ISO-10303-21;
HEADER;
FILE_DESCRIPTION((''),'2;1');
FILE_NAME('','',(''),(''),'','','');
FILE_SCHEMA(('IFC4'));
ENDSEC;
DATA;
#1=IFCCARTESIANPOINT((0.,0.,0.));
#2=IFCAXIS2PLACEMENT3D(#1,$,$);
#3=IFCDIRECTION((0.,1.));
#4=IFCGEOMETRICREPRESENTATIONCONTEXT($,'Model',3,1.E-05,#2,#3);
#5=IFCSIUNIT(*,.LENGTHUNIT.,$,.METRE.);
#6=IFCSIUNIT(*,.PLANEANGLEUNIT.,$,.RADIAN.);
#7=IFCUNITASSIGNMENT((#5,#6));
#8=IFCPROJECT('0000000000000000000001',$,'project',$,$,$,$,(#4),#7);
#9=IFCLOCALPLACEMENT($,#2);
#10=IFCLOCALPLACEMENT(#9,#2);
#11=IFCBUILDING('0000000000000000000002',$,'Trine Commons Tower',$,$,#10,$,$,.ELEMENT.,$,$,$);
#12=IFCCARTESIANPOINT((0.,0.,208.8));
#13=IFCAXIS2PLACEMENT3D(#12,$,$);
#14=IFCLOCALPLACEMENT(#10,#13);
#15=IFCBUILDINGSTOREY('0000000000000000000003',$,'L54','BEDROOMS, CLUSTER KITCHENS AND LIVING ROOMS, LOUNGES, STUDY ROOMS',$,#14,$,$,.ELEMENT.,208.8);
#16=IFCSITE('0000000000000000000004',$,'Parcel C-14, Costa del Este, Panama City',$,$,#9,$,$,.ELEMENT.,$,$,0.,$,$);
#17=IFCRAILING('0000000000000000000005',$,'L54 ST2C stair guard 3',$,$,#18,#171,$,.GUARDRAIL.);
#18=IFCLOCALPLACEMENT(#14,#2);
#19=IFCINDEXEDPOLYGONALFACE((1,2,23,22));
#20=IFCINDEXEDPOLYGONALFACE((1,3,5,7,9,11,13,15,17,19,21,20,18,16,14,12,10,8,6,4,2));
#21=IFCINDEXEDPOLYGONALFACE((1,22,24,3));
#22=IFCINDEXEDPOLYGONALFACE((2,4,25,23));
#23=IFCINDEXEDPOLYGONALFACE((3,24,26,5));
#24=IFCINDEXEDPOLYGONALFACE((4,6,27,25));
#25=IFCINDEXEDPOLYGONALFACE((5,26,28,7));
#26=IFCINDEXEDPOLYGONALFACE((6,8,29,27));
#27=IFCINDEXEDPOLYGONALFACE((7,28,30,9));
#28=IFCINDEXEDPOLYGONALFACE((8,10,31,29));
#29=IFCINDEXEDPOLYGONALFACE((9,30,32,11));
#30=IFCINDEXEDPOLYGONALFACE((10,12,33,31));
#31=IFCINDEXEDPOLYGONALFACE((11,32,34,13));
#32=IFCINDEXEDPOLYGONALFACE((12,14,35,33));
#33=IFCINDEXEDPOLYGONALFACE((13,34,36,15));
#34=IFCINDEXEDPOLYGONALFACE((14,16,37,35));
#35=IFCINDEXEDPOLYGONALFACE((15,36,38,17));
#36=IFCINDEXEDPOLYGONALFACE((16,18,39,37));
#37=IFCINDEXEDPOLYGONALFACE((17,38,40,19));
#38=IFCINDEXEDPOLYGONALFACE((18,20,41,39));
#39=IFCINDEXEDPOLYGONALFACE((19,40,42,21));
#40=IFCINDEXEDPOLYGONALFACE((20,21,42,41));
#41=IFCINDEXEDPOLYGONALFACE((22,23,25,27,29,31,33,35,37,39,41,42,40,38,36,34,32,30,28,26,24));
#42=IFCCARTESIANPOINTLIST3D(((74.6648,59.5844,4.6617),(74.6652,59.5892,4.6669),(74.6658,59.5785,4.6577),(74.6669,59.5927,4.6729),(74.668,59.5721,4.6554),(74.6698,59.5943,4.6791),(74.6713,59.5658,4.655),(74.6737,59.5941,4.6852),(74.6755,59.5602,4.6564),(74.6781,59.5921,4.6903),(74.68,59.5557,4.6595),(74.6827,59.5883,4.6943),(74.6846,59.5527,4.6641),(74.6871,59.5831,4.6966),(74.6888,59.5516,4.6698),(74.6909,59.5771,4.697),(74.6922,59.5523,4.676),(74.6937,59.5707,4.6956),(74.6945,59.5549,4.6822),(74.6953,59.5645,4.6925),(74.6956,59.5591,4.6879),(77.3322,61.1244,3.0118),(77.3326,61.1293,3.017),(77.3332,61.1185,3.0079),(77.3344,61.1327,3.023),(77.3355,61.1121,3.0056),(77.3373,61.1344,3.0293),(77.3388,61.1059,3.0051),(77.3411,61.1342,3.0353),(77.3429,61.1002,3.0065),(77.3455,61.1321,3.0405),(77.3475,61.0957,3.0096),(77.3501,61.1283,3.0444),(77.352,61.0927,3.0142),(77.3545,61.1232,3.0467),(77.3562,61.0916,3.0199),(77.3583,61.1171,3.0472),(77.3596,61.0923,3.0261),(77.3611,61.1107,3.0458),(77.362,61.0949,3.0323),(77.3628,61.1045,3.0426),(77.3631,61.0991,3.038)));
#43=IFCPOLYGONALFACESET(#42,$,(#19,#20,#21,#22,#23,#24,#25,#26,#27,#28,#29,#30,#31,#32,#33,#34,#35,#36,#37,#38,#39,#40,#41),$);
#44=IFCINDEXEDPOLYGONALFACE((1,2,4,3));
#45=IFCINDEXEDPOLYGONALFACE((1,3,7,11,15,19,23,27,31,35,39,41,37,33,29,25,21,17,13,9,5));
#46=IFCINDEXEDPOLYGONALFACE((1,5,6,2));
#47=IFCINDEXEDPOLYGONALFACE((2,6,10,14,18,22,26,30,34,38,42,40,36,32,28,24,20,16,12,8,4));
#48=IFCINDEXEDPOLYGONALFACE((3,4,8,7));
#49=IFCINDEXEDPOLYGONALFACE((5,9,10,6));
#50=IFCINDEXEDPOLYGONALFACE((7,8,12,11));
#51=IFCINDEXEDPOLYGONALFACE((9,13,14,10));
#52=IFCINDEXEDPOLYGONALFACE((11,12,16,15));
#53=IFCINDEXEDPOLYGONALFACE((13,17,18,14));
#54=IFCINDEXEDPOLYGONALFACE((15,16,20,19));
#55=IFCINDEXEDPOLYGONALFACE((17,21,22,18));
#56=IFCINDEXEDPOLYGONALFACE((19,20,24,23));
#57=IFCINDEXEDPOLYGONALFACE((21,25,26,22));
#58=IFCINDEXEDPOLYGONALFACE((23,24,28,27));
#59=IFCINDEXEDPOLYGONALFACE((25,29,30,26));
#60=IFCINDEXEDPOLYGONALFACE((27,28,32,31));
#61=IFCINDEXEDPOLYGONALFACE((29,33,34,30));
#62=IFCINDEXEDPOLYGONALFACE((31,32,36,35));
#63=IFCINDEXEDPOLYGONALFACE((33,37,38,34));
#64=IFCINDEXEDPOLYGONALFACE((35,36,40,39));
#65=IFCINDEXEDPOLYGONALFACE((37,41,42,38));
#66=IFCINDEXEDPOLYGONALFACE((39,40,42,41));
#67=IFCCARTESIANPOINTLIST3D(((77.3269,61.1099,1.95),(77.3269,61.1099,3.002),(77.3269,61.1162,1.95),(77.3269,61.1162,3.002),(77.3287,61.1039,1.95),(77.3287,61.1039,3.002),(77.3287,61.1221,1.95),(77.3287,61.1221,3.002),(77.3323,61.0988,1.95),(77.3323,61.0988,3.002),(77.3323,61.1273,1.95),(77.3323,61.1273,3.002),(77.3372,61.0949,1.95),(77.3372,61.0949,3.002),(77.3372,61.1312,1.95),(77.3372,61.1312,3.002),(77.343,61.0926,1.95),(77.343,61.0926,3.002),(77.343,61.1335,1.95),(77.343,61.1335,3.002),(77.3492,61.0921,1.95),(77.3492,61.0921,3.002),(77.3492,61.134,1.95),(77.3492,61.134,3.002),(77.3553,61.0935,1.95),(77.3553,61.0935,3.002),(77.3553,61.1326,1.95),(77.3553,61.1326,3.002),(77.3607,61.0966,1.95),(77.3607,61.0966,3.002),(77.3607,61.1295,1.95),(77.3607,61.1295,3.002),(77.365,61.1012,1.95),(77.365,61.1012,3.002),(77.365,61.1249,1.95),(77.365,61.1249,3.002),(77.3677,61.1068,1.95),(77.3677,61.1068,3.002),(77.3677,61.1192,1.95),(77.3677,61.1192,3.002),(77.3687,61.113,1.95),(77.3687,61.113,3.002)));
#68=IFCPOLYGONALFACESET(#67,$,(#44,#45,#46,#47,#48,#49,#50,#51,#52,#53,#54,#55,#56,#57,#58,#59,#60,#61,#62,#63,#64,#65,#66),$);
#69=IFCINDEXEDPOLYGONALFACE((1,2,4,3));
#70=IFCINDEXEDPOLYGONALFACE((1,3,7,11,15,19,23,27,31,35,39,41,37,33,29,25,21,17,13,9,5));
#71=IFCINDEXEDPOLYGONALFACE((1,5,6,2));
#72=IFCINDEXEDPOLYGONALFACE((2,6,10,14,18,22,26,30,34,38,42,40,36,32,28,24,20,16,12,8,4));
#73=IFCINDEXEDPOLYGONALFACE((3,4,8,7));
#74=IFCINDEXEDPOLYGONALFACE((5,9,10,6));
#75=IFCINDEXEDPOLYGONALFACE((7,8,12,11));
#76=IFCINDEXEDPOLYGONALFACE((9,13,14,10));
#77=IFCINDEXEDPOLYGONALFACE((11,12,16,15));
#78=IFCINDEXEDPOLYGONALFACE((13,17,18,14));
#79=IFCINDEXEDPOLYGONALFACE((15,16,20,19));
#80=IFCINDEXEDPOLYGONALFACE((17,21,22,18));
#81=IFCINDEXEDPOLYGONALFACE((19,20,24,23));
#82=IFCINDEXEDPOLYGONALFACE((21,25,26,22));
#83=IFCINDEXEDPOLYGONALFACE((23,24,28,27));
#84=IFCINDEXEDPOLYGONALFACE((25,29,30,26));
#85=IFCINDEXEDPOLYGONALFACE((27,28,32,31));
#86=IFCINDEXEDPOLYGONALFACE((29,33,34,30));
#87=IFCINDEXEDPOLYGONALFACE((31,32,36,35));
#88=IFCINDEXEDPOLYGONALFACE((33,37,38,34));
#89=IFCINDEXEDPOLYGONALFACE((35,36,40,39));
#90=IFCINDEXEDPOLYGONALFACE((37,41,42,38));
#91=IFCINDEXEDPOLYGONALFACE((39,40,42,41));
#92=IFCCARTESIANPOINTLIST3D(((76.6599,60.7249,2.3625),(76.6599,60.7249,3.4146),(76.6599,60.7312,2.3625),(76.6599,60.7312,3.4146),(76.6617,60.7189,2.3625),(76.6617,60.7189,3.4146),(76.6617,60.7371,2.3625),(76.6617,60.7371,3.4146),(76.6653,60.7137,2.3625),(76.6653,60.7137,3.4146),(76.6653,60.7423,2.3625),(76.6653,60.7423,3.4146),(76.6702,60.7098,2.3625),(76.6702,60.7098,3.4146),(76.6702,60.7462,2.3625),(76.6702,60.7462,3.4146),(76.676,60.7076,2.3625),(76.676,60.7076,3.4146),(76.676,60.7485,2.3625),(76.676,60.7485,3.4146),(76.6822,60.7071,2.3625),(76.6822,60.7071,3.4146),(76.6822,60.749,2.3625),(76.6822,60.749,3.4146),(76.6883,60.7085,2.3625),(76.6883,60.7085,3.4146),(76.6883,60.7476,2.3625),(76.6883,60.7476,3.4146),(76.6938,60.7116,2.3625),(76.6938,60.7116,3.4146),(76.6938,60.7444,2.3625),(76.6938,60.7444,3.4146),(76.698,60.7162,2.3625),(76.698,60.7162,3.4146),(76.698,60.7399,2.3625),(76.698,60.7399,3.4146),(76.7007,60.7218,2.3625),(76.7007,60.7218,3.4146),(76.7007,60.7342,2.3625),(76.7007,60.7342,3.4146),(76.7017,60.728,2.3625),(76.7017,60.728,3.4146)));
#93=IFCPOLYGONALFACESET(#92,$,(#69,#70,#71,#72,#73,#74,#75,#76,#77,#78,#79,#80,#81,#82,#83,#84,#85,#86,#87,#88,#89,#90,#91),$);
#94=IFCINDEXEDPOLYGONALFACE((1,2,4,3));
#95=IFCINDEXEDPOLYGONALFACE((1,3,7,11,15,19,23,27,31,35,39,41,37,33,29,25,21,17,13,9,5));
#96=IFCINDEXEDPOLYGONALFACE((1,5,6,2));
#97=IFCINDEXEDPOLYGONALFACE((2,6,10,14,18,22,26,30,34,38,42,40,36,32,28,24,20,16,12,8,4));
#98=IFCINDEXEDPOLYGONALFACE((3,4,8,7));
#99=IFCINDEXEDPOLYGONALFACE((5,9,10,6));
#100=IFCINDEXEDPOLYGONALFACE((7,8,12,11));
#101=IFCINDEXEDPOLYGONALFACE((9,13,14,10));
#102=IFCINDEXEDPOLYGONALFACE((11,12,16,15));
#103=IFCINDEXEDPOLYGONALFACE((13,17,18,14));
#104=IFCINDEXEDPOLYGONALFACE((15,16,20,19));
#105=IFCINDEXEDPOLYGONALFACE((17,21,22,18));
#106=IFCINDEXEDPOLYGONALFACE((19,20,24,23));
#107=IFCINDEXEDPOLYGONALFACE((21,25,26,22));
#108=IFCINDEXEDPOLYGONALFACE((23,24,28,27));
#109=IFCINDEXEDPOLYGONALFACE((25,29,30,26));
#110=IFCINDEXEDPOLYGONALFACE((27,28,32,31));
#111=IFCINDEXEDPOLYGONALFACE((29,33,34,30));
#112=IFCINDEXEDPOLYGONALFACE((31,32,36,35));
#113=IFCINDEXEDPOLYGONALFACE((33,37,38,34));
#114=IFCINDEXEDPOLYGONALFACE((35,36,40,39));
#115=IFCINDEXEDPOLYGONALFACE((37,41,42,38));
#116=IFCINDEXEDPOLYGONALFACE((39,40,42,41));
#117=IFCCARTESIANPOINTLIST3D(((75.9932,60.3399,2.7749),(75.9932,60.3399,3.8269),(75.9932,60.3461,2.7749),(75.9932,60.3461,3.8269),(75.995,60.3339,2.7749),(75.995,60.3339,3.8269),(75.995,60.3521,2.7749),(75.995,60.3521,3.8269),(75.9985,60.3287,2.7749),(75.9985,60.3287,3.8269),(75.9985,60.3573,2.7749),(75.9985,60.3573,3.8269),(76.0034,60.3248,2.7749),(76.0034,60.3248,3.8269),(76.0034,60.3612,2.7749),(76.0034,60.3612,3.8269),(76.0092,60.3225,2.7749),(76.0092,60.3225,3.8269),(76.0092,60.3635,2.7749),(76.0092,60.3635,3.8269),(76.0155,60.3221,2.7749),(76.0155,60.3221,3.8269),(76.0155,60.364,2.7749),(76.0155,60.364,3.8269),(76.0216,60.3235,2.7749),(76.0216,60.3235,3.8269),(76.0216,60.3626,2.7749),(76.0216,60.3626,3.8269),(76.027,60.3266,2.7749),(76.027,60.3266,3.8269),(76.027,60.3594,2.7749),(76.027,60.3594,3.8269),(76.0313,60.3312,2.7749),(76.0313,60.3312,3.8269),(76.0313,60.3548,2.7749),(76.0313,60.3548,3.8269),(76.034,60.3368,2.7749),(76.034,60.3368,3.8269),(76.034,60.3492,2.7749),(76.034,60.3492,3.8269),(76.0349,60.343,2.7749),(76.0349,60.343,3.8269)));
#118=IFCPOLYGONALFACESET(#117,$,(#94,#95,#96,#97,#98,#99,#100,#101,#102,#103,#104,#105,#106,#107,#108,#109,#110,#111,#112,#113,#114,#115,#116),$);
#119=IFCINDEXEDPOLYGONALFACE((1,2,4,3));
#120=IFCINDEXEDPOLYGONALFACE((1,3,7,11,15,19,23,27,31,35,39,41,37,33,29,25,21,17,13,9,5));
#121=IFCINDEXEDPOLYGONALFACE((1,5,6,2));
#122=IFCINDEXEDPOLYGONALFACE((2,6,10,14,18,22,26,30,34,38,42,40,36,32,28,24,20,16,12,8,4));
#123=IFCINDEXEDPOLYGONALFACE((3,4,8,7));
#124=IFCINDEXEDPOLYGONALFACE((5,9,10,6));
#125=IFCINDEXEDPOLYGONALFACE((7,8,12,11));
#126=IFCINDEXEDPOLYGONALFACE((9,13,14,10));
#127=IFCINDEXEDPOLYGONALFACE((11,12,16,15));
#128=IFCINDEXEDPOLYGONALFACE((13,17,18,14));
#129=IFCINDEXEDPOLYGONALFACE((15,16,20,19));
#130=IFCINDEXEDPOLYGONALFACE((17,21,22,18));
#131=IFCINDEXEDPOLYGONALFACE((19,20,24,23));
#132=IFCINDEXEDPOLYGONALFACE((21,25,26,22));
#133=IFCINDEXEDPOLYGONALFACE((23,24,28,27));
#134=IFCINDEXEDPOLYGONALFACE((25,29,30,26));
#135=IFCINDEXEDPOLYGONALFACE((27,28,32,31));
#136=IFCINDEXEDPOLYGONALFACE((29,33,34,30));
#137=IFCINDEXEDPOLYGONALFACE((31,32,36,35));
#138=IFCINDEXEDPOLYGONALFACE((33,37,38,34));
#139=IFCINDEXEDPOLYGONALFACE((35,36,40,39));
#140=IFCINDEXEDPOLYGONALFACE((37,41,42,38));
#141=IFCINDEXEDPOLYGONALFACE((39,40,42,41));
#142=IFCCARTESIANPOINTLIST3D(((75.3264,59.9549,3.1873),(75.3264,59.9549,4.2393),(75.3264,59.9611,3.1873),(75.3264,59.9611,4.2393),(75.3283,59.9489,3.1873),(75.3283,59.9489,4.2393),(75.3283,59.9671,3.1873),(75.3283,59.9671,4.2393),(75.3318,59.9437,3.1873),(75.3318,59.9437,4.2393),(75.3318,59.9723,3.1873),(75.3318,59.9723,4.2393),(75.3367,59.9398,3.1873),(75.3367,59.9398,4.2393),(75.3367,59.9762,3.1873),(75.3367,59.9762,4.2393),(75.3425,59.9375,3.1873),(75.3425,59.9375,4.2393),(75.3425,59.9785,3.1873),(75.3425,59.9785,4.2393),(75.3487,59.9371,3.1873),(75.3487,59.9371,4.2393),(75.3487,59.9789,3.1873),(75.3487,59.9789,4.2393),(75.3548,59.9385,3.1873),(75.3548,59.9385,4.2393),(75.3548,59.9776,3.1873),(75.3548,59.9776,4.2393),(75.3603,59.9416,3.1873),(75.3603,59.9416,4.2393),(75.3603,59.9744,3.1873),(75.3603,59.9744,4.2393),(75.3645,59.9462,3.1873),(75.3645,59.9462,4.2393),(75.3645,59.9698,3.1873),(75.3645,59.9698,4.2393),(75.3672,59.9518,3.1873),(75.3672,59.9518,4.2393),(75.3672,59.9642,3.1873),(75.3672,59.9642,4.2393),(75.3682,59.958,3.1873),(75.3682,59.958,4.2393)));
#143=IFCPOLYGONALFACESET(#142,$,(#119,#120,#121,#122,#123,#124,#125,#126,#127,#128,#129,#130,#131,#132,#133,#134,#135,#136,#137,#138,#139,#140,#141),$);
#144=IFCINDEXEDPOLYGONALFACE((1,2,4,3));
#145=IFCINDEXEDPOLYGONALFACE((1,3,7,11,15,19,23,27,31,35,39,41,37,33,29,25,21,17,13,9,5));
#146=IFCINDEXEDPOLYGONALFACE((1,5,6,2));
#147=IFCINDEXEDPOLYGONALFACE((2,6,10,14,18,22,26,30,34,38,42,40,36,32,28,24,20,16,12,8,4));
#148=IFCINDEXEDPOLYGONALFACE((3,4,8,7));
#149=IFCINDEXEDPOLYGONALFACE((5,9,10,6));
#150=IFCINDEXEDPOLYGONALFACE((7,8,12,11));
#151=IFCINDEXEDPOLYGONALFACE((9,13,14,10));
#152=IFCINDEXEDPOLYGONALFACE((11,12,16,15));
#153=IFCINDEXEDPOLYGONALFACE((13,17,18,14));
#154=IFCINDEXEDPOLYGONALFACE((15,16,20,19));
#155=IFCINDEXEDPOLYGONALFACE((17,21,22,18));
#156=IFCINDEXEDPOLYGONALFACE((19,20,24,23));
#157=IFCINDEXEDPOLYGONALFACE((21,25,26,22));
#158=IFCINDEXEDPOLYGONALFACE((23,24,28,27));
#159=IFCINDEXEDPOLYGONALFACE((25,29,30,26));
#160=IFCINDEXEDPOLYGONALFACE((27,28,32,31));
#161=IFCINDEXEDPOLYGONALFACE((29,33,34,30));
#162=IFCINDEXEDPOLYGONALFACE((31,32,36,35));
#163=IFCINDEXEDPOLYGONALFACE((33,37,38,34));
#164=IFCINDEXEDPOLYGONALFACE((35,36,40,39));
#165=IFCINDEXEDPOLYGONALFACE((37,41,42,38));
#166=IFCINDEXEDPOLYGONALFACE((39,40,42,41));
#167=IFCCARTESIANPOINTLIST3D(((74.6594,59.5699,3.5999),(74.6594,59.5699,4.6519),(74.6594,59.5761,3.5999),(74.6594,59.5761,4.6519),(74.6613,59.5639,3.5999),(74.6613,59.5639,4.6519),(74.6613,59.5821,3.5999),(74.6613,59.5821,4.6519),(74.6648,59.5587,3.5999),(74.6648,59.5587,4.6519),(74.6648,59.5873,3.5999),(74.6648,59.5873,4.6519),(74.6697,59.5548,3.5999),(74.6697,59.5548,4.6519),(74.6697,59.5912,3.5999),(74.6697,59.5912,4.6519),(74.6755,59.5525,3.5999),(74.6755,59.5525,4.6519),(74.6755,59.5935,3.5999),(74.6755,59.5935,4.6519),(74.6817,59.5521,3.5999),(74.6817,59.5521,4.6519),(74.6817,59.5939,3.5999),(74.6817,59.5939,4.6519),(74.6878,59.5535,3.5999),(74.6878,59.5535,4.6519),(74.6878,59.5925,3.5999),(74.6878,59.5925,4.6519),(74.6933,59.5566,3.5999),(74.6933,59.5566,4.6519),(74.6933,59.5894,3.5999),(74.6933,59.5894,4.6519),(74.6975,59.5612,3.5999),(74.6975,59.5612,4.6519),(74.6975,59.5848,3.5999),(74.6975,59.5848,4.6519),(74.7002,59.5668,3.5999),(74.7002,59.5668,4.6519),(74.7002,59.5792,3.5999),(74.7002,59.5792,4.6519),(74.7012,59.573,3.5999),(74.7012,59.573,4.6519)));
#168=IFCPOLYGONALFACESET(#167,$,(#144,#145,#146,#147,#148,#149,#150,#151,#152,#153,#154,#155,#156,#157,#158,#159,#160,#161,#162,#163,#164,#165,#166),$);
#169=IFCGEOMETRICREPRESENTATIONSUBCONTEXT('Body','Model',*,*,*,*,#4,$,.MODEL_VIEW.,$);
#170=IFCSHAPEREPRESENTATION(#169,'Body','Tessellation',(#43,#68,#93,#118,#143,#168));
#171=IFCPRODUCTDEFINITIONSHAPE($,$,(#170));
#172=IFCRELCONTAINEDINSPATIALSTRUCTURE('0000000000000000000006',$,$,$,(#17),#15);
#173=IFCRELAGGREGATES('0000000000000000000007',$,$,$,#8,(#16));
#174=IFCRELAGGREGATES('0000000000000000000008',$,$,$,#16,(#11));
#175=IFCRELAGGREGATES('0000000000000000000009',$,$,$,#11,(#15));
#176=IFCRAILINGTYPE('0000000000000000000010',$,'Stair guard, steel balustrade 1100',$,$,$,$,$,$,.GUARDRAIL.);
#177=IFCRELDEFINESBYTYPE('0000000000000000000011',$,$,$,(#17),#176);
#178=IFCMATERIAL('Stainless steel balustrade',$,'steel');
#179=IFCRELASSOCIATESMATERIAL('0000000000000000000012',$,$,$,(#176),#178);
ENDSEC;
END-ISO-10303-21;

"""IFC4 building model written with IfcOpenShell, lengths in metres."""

from ifc_helpers import new_model, si_unit, direction, frame, origin, origin_2d, place, context, subcontext, project, spatial, circle, extrude, material, type_object, element, save


model = new_model("IFC4")

# Units and contexts
model_context = context("Model", 3, precision=1e-05, world=origin(), true_north=direction((0.0, 1.0)))
body_context = subcontext(model_context, "Body", "Model", "MODEL_VIEW")
ifc_project = project(units=[si_unit("LENGTHUNIT", "METRE"), si_unit("PLANEANGLEUNIT", "RADIAN")], contexts=[model_context])

# Site, building, storey
site_placement = place(None, origin())
site = spatial("IfcSite", under=ifc_project, at=site_placement, Name="Parcel C-14, Costa del Este, Panama City", CompositionType="ELEMENT", RefElevation=0.0)
building_placement = place(site_placement, origin())
building = spatial("IfcBuilding", under=site, at=building_placement, Name="Trine Commons Tower", CompositionType="ELEMENT")
storey_placement = place(building_placement, frame((0.0, 0.0, 208.8)))
storey = spatial("IfcBuildingStorey", under=building, at=storey_placement, Name="L54", Description="BEDROOMS, CLUSTER KITCHENS AND LIVING ROOMS, LOUNGES, STUDY ROOMS", CompositionType="ELEMENT", Elevation=208.8)

# Railing
ifc_material_1 = material(Name="Stainless steel balustrade", Category="steel")
railing_type_1 = type_object("IfcRailingType", Name="Stair guard, steel balustrade 1100", PredefinedType="GUARDRAIL", material=ifc_material_1)
railing_1_placement = place(storey_placement, frame((77.3477, 61.113, 1.95)))
element("IfcRailing", 1, at=railing_1_placement, inside=storey, type_object=railing_type_1, Name="L54 ST2C stair guard 3", PredefinedType="GUARDRAIL", context=body_context, shape_type="SweptSolid", body=[
    extrude(circle(Radius=0.0239, at=origin_2d()), frame((0.0, 0.0, 1.0762), z_axis=(-0.763405, -0.440743, 0.472185), x_axis=(0.499992, -0.86603, 0.0)), (0.0, 0.0, 1.0), 3.4941),
    extrude(circle(Radius=0.021, at=origin_2d()), origin(), (0.0, 0.0, 1.0), 1.052),
    extrude(circle(Radius=0.021, at=origin_2d()), frame((-0.667, -0.385, 0.4126)), (0.0, 0.0, 1.0), 1.052),
    extrude(circle(Radius=0.021, at=origin_2d()), frame((-1.3337, -0.77, 0.825)), (0.0, 0.0, 1.0), 1.052),
    extrude(circle(Radius=0.021, at=origin_2d()), frame((-2.0005, -1.155, 1.2373)), (0.0, 0.0, 1.0), 1.052),
    extrude(circle(Radius=0.021, at=origin_2d()), frame((-2.6675, -1.54, 1.6499)), (0.0, 0.0, 1.0), 1.052),
])

save(model, "model.ifc")
